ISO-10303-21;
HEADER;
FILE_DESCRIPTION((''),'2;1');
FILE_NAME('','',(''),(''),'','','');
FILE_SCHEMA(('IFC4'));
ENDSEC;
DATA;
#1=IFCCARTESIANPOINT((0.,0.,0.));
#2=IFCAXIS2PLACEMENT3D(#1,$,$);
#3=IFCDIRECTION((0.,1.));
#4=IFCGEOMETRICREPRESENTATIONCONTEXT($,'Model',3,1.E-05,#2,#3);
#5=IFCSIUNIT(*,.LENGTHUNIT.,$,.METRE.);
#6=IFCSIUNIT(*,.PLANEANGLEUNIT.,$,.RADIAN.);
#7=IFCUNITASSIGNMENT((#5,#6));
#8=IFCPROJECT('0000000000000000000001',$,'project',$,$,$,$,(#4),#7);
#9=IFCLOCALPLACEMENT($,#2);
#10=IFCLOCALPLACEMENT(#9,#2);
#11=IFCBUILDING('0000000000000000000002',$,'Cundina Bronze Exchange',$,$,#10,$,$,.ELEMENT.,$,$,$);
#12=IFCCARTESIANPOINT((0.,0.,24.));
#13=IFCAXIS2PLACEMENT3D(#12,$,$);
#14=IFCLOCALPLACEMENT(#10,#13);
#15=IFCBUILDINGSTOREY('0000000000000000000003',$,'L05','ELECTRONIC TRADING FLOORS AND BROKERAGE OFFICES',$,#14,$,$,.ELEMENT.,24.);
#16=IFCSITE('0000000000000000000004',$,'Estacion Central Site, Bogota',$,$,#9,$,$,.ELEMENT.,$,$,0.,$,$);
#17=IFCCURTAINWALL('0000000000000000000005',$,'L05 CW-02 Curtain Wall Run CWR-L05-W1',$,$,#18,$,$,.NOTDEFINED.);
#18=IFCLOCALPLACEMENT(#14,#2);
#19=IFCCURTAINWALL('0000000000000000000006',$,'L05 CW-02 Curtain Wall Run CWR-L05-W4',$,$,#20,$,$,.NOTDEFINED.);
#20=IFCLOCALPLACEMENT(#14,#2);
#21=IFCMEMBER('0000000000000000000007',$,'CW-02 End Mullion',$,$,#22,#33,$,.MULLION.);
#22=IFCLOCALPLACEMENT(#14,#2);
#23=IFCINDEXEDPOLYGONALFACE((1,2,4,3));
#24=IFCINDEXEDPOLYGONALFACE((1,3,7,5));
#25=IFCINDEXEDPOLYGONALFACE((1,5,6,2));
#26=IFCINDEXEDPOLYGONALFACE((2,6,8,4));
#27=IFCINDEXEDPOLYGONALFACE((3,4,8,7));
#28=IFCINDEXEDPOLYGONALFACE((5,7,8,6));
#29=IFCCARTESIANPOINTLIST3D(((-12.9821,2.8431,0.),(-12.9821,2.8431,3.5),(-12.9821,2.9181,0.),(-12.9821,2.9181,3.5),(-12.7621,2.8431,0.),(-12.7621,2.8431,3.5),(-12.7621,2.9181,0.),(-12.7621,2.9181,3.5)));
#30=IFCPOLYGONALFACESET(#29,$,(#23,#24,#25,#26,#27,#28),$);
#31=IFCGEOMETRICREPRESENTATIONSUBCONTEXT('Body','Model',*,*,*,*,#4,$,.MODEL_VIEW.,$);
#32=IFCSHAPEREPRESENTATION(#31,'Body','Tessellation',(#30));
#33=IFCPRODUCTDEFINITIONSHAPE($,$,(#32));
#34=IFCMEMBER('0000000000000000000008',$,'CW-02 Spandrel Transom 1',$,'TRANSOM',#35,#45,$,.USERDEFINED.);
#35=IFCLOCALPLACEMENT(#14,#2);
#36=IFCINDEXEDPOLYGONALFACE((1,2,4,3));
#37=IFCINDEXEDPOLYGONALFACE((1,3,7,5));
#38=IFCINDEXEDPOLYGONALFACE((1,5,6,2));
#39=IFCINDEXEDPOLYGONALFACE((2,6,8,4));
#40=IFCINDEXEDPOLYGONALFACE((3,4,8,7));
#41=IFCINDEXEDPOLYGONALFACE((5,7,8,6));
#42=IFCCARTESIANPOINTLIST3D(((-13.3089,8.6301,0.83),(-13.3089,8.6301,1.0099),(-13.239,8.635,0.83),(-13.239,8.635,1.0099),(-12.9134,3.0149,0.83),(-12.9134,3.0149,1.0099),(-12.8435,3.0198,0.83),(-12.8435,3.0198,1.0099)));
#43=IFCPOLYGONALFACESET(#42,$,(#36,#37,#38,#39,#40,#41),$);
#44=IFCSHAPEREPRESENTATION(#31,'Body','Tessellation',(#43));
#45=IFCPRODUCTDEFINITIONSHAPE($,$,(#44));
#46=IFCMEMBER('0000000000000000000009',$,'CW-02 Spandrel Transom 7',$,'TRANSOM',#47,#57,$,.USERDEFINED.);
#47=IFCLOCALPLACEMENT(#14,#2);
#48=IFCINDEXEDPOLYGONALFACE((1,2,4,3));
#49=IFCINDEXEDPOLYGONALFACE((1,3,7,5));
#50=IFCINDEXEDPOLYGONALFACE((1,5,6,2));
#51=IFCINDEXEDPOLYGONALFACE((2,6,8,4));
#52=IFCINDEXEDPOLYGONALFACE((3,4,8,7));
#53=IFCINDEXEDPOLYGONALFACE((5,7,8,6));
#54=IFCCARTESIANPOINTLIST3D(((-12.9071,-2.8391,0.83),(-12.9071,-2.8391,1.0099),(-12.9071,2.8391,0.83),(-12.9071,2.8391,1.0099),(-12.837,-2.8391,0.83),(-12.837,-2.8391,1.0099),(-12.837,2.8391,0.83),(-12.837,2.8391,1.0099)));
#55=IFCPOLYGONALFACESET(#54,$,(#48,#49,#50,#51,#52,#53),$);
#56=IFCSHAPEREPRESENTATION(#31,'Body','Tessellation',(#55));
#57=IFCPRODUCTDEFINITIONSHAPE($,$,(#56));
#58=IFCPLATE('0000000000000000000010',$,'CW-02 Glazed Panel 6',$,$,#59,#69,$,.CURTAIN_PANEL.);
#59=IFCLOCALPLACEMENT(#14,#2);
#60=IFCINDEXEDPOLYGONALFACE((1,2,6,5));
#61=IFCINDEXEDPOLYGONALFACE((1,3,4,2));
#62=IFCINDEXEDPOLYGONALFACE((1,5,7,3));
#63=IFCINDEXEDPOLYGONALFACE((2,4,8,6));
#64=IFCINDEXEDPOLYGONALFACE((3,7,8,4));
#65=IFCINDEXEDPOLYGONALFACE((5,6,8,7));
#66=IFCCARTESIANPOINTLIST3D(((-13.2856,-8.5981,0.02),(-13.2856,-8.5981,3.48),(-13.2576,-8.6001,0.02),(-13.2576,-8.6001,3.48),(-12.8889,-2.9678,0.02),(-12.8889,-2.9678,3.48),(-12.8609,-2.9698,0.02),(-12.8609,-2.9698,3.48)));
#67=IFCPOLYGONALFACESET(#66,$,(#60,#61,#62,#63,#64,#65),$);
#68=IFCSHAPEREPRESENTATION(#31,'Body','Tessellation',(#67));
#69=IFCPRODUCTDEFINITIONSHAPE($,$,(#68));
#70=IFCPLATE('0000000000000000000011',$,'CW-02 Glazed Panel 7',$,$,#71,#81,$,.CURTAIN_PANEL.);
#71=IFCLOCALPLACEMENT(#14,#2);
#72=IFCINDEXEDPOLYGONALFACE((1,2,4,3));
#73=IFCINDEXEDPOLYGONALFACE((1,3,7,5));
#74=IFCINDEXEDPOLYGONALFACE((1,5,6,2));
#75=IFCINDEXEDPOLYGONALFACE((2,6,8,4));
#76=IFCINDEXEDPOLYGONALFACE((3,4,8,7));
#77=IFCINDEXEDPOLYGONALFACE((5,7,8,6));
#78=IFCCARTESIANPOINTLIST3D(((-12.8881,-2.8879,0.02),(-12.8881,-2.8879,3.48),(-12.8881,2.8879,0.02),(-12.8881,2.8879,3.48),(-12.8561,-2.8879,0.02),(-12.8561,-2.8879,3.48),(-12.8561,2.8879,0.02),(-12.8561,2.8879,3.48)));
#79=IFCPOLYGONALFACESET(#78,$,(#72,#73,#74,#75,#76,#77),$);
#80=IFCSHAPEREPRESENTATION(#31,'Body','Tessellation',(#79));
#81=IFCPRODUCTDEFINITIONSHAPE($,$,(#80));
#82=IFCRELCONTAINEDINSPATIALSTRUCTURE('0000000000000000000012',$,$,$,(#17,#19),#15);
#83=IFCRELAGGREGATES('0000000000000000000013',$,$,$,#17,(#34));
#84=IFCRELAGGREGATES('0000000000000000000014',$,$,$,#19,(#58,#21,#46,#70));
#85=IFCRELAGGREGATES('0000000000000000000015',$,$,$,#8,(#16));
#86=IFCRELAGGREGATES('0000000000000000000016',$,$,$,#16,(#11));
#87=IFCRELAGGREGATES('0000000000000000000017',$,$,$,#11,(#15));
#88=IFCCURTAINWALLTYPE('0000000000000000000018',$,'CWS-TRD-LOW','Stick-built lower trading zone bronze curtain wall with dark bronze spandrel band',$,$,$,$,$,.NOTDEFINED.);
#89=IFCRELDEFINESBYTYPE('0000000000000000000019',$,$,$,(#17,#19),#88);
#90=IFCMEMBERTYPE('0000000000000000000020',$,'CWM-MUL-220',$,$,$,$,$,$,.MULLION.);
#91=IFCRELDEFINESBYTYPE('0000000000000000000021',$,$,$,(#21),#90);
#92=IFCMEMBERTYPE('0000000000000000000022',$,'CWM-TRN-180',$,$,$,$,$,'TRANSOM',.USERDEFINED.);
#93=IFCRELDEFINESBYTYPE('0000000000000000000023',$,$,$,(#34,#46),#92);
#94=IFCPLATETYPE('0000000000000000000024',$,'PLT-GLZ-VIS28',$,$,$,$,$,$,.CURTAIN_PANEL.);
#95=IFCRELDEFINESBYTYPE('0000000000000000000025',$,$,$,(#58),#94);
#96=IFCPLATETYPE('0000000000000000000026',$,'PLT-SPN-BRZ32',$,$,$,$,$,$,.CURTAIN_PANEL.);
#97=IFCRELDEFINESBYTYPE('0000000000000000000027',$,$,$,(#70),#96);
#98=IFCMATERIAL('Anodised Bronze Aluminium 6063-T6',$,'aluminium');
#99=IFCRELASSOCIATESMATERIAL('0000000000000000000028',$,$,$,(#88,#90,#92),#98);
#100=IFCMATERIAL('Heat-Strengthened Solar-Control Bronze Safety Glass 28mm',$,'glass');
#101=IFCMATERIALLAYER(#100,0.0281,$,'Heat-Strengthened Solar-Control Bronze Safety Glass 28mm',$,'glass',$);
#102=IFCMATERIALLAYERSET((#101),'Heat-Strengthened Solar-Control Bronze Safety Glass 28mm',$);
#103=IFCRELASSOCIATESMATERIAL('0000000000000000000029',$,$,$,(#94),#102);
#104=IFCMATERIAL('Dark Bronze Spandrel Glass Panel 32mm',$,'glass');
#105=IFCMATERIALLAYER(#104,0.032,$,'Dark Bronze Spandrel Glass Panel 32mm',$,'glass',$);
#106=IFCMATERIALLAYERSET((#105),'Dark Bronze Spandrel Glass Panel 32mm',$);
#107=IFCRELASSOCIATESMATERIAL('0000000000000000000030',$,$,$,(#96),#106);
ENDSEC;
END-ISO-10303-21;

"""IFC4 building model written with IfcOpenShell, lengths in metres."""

from ifc_helpers import new_model, si_unit, direction, frame, origin, origin_2d, place, context, subcontext, project, spatial, rectangle, extrude, material, layer, layer_set, material_profile, profile_set, type_object, element, aggregate, save


model = new_model("IFC4")

# Units and contexts
model_context = context("Model", 3, precision=1e-05, world=origin(), true_north=direction((0.0, 1.0)))
body_context = subcontext(model_context, "Body", "Model", "MODEL_VIEW")
ifc_project = project(units=[si_unit("LENGTHUNIT", "METRE"), si_unit("PLANEANGLEUNIT", "RADIAN")], contexts=[model_context])

# Site, building, storey
site_placement = place(None, origin())
site = spatial("IfcSite", under=ifc_project, at=site_placement, Name="Estacion Central Site, Bogota", CompositionType="ELEMENT", RefElevation=0.0)
building_placement = place(site_placement, origin())
building = spatial("IfcBuilding", under=site, at=building_placement, Name="Cundina Bronze Exchange", CompositionType="ELEMENT")
storey_placement = place(building_placement, frame((0.0, 0.0, 24.0)))
storey = spatial("IfcBuildingStorey", under=building, at=storey_placement, Name="L05", Description="ELECTRONIC TRADING FLOORS AND BROKERAGE OFFICES", CompositionType="ELEMENT", Elevation=24.0)

# Curtain wall
ifc_material_1 = material(Name="Anodised Bronze Aluminium 6063-T6", Category="aluminium")
curtain_wall_type = type_object("IfcCurtainWallType", Name="CWS-TRD-LOW", Description="Stick-built lower trading zone bronze curtain wall with dark bronze spandrel band", PredefinedType="NOTDEFINED", material=ifc_material_1)
curtain_wall_1_placement = place(storey_placement, origin())
curtain_wall_1 = element("IfcCurtainWall", 1, at=curtain_wall_1_placement, inside=storey, type_object=curtain_wall_type, Name="L05 CW-02 Curtain Wall Run CWR-L05-W1", PredefinedType="NOTDEFINED")
ifc_material_profile_1 = material_profile(ifc_material_1, rectangle(XDim=0.075, YDim=0.22, at=origin_2d()), Name="AL75X220", Category="aluminium")
ifc_profile_set_1 = profile_set([ifc_material_profile_1], Name="Anodised Bronze Aluminium 6063-T6")
member_type_1 = type_object("IfcMemberType", Name="CWM-MUL-220", PredefinedType="MULLION", material=ifc_profile_set_1)

# Curtain wall, member
curtain_wall_2_placement = place(storey_placement, origin())
curtain_wall_2 = element("IfcCurtainWall", 2, at=curtain_wall_2_placement, inside=storey, type_object=curtain_wall_type, Name="L05 CW-02 Curtain Wall Run CWR-L05-W4", PredefinedType="NOTDEFINED")
member_1_placement = place(storey_placement, frame((-12.8721, 2.8806, 0.0), z_axis=(0.0, 0.0, 1.0), x_axis=(0.0, 1.0, 0.0)))
member_1 = element("IfcMember", 3, at=member_1_placement, type_object=member_type_1, Name="CW-02 End Mullion", PredefinedType="MULLION", context=body_context, shape_type="SweptSolid", body=[
    extrude(rectangle(XDim=0.075, YDim=0.22, at=origin_2d()), origin(), (0.0, 0.0, 1.0), 3.5),
])

# Members
ifc_material_profile_2 = material_profile(ifc_material_1, rectangle(XDim=0.0701, YDim=0.1799, at=origin_2d()), Name="AL70X180", Category="aluminium")
ifc_profile_set_2 = profile_set([ifc_material_profile_2], Name="Anodised Bronze Aluminium 6063-T6")
member_type_2 = type_object("IfcMemberType", Name="CWM-TRN-180", ElementType="TRANSOM", PredefinedType="USERDEFINED", material=ifc_profile_set_2)
member_2_placement = place(storey_placement, frame((-12.8784, 3.0173, 0.9199), z_axis=(-0.070261, 0.997529, 0.0), x_axis=(-0.997529, -0.070261, 0.0)))
member_2 = element("IfcMember", 4, at=member_2_placement, type_object=member_type_2, Name="CW-02 Spandrel Transom 1", ObjectType="TRANSOM", PredefinedType="USERDEFINED", context=body_context, shape_type="SweptSolid", body=[
    extrude(rectangle(XDim=0.0701, YDim=0.1799, at=origin_2d()), origin(), (0.0, 0.0, 1.0), 5.6292),
])
aggregate(curtain_wall_1, [member_2])
member_3_placement = place(storey_placement, frame((-12.8721, -2.8391, 0.9199), z_axis=(0.0, 1.0, 0.0), x_axis=(-1.0, 0.0, 0.0)))
member_3 = element("IfcMember", 5, at=member_3_placement, type_object=member_type_2, Name="CW-02 Spandrel Transom 7", ObjectType="TRANSOM", PredefinedType="USERDEFINED", context=body_context, shape_type="SweptSolid", body=[
    extrude(rectangle(XDim=0.0701, YDim=0.1799, at=origin_2d()), origin(), (0.0, 0.0, 1.0), 5.6782),
])

# Plates
ifc_material_2 = material(Name="Heat-Strengthened Solar-Control Bronze Safety Glass 28mm", Category="glass")
ifc_layer_1 = layer(ifc_material_2, 0.0281, Name="Heat-Strengthened Solar-Control Bronze Safety Glass 28mm", Category="glass")
ifc_layer_set_1 = layer_set([ifc_layer_1], Name="Heat-Strengthened Solar-Control Bronze Safety Glass 28mm")
plate_type_1 = type_object("IfcPlateType", Name="PLT-GLZ-VIS28", PredefinedType="CURTAIN_PANEL", material=ifc_layer_set_1)
plate_1_placement = place(storey_placement, frame((-13.0732, -5.7839, 0.02), z_axis=(0.0, 0.0, 1.0), x_axis=(0.070279, 0.997527, 0.0)))
plate_1 = element("IfcPlate", 6, at=plate_1_placement, type_object=plate_type_1, Name="CW-02 Glazed Panel 6", PredefinedType="CURTAIN_PANEL", context=body_context, shape_type="SweptSolid", body=[
    extrude(rectangle(XDim=5.6443, YDim=0.0281, at=origin_2d()), origin(), (0.0, 0.0, 1.0), 3.46),
])
ifc_material_3 = material(Name="Dark Bronze Spandrel Glass Panel 32mm", Category="glass")
ifc_layer_2 = layer(ifc_material_3, 0.032, Name="Dark Bronze Spandrel Glass Panel 32mm", Category="glass")
ifc_layer_set_2 = layer_set([ifc_layer_2], Name="Dark Bronze Spandrel Glass Panel 32mm")
plate_type_2 = type_object("IfcPlateType", Name="PLT-SPN-BRZ32", PredefinedType="CURTAIN_PANEL", material=ifc_layer_set_2)
plate_2_placement = place(storey_placement, frame((-12.8721, 0.0, 0.02), z_axis=(0.0, 0.0, 1.0), x_axis=(0.0, 1.0, 0.0)))
plate_2 = element("IfcPlate", 7, at=plate_2_placement, type_object=plate_type_2, Name="CW-02 Glazed Panel 7", PredefinedType="CURTAIN_PANEL", context=body_context, shape_type="SweptSolid", body=[
    extrude(rectangle(XDim=5.7759, YDim=0.032, at=origin_2d()), origin(), (0.0, 0.0, 1.0), 3.46),
])
aggregate(curtain_wall_2, [plate_1, member_1, member_3, plate_2])

save(model, "model.ifc")
